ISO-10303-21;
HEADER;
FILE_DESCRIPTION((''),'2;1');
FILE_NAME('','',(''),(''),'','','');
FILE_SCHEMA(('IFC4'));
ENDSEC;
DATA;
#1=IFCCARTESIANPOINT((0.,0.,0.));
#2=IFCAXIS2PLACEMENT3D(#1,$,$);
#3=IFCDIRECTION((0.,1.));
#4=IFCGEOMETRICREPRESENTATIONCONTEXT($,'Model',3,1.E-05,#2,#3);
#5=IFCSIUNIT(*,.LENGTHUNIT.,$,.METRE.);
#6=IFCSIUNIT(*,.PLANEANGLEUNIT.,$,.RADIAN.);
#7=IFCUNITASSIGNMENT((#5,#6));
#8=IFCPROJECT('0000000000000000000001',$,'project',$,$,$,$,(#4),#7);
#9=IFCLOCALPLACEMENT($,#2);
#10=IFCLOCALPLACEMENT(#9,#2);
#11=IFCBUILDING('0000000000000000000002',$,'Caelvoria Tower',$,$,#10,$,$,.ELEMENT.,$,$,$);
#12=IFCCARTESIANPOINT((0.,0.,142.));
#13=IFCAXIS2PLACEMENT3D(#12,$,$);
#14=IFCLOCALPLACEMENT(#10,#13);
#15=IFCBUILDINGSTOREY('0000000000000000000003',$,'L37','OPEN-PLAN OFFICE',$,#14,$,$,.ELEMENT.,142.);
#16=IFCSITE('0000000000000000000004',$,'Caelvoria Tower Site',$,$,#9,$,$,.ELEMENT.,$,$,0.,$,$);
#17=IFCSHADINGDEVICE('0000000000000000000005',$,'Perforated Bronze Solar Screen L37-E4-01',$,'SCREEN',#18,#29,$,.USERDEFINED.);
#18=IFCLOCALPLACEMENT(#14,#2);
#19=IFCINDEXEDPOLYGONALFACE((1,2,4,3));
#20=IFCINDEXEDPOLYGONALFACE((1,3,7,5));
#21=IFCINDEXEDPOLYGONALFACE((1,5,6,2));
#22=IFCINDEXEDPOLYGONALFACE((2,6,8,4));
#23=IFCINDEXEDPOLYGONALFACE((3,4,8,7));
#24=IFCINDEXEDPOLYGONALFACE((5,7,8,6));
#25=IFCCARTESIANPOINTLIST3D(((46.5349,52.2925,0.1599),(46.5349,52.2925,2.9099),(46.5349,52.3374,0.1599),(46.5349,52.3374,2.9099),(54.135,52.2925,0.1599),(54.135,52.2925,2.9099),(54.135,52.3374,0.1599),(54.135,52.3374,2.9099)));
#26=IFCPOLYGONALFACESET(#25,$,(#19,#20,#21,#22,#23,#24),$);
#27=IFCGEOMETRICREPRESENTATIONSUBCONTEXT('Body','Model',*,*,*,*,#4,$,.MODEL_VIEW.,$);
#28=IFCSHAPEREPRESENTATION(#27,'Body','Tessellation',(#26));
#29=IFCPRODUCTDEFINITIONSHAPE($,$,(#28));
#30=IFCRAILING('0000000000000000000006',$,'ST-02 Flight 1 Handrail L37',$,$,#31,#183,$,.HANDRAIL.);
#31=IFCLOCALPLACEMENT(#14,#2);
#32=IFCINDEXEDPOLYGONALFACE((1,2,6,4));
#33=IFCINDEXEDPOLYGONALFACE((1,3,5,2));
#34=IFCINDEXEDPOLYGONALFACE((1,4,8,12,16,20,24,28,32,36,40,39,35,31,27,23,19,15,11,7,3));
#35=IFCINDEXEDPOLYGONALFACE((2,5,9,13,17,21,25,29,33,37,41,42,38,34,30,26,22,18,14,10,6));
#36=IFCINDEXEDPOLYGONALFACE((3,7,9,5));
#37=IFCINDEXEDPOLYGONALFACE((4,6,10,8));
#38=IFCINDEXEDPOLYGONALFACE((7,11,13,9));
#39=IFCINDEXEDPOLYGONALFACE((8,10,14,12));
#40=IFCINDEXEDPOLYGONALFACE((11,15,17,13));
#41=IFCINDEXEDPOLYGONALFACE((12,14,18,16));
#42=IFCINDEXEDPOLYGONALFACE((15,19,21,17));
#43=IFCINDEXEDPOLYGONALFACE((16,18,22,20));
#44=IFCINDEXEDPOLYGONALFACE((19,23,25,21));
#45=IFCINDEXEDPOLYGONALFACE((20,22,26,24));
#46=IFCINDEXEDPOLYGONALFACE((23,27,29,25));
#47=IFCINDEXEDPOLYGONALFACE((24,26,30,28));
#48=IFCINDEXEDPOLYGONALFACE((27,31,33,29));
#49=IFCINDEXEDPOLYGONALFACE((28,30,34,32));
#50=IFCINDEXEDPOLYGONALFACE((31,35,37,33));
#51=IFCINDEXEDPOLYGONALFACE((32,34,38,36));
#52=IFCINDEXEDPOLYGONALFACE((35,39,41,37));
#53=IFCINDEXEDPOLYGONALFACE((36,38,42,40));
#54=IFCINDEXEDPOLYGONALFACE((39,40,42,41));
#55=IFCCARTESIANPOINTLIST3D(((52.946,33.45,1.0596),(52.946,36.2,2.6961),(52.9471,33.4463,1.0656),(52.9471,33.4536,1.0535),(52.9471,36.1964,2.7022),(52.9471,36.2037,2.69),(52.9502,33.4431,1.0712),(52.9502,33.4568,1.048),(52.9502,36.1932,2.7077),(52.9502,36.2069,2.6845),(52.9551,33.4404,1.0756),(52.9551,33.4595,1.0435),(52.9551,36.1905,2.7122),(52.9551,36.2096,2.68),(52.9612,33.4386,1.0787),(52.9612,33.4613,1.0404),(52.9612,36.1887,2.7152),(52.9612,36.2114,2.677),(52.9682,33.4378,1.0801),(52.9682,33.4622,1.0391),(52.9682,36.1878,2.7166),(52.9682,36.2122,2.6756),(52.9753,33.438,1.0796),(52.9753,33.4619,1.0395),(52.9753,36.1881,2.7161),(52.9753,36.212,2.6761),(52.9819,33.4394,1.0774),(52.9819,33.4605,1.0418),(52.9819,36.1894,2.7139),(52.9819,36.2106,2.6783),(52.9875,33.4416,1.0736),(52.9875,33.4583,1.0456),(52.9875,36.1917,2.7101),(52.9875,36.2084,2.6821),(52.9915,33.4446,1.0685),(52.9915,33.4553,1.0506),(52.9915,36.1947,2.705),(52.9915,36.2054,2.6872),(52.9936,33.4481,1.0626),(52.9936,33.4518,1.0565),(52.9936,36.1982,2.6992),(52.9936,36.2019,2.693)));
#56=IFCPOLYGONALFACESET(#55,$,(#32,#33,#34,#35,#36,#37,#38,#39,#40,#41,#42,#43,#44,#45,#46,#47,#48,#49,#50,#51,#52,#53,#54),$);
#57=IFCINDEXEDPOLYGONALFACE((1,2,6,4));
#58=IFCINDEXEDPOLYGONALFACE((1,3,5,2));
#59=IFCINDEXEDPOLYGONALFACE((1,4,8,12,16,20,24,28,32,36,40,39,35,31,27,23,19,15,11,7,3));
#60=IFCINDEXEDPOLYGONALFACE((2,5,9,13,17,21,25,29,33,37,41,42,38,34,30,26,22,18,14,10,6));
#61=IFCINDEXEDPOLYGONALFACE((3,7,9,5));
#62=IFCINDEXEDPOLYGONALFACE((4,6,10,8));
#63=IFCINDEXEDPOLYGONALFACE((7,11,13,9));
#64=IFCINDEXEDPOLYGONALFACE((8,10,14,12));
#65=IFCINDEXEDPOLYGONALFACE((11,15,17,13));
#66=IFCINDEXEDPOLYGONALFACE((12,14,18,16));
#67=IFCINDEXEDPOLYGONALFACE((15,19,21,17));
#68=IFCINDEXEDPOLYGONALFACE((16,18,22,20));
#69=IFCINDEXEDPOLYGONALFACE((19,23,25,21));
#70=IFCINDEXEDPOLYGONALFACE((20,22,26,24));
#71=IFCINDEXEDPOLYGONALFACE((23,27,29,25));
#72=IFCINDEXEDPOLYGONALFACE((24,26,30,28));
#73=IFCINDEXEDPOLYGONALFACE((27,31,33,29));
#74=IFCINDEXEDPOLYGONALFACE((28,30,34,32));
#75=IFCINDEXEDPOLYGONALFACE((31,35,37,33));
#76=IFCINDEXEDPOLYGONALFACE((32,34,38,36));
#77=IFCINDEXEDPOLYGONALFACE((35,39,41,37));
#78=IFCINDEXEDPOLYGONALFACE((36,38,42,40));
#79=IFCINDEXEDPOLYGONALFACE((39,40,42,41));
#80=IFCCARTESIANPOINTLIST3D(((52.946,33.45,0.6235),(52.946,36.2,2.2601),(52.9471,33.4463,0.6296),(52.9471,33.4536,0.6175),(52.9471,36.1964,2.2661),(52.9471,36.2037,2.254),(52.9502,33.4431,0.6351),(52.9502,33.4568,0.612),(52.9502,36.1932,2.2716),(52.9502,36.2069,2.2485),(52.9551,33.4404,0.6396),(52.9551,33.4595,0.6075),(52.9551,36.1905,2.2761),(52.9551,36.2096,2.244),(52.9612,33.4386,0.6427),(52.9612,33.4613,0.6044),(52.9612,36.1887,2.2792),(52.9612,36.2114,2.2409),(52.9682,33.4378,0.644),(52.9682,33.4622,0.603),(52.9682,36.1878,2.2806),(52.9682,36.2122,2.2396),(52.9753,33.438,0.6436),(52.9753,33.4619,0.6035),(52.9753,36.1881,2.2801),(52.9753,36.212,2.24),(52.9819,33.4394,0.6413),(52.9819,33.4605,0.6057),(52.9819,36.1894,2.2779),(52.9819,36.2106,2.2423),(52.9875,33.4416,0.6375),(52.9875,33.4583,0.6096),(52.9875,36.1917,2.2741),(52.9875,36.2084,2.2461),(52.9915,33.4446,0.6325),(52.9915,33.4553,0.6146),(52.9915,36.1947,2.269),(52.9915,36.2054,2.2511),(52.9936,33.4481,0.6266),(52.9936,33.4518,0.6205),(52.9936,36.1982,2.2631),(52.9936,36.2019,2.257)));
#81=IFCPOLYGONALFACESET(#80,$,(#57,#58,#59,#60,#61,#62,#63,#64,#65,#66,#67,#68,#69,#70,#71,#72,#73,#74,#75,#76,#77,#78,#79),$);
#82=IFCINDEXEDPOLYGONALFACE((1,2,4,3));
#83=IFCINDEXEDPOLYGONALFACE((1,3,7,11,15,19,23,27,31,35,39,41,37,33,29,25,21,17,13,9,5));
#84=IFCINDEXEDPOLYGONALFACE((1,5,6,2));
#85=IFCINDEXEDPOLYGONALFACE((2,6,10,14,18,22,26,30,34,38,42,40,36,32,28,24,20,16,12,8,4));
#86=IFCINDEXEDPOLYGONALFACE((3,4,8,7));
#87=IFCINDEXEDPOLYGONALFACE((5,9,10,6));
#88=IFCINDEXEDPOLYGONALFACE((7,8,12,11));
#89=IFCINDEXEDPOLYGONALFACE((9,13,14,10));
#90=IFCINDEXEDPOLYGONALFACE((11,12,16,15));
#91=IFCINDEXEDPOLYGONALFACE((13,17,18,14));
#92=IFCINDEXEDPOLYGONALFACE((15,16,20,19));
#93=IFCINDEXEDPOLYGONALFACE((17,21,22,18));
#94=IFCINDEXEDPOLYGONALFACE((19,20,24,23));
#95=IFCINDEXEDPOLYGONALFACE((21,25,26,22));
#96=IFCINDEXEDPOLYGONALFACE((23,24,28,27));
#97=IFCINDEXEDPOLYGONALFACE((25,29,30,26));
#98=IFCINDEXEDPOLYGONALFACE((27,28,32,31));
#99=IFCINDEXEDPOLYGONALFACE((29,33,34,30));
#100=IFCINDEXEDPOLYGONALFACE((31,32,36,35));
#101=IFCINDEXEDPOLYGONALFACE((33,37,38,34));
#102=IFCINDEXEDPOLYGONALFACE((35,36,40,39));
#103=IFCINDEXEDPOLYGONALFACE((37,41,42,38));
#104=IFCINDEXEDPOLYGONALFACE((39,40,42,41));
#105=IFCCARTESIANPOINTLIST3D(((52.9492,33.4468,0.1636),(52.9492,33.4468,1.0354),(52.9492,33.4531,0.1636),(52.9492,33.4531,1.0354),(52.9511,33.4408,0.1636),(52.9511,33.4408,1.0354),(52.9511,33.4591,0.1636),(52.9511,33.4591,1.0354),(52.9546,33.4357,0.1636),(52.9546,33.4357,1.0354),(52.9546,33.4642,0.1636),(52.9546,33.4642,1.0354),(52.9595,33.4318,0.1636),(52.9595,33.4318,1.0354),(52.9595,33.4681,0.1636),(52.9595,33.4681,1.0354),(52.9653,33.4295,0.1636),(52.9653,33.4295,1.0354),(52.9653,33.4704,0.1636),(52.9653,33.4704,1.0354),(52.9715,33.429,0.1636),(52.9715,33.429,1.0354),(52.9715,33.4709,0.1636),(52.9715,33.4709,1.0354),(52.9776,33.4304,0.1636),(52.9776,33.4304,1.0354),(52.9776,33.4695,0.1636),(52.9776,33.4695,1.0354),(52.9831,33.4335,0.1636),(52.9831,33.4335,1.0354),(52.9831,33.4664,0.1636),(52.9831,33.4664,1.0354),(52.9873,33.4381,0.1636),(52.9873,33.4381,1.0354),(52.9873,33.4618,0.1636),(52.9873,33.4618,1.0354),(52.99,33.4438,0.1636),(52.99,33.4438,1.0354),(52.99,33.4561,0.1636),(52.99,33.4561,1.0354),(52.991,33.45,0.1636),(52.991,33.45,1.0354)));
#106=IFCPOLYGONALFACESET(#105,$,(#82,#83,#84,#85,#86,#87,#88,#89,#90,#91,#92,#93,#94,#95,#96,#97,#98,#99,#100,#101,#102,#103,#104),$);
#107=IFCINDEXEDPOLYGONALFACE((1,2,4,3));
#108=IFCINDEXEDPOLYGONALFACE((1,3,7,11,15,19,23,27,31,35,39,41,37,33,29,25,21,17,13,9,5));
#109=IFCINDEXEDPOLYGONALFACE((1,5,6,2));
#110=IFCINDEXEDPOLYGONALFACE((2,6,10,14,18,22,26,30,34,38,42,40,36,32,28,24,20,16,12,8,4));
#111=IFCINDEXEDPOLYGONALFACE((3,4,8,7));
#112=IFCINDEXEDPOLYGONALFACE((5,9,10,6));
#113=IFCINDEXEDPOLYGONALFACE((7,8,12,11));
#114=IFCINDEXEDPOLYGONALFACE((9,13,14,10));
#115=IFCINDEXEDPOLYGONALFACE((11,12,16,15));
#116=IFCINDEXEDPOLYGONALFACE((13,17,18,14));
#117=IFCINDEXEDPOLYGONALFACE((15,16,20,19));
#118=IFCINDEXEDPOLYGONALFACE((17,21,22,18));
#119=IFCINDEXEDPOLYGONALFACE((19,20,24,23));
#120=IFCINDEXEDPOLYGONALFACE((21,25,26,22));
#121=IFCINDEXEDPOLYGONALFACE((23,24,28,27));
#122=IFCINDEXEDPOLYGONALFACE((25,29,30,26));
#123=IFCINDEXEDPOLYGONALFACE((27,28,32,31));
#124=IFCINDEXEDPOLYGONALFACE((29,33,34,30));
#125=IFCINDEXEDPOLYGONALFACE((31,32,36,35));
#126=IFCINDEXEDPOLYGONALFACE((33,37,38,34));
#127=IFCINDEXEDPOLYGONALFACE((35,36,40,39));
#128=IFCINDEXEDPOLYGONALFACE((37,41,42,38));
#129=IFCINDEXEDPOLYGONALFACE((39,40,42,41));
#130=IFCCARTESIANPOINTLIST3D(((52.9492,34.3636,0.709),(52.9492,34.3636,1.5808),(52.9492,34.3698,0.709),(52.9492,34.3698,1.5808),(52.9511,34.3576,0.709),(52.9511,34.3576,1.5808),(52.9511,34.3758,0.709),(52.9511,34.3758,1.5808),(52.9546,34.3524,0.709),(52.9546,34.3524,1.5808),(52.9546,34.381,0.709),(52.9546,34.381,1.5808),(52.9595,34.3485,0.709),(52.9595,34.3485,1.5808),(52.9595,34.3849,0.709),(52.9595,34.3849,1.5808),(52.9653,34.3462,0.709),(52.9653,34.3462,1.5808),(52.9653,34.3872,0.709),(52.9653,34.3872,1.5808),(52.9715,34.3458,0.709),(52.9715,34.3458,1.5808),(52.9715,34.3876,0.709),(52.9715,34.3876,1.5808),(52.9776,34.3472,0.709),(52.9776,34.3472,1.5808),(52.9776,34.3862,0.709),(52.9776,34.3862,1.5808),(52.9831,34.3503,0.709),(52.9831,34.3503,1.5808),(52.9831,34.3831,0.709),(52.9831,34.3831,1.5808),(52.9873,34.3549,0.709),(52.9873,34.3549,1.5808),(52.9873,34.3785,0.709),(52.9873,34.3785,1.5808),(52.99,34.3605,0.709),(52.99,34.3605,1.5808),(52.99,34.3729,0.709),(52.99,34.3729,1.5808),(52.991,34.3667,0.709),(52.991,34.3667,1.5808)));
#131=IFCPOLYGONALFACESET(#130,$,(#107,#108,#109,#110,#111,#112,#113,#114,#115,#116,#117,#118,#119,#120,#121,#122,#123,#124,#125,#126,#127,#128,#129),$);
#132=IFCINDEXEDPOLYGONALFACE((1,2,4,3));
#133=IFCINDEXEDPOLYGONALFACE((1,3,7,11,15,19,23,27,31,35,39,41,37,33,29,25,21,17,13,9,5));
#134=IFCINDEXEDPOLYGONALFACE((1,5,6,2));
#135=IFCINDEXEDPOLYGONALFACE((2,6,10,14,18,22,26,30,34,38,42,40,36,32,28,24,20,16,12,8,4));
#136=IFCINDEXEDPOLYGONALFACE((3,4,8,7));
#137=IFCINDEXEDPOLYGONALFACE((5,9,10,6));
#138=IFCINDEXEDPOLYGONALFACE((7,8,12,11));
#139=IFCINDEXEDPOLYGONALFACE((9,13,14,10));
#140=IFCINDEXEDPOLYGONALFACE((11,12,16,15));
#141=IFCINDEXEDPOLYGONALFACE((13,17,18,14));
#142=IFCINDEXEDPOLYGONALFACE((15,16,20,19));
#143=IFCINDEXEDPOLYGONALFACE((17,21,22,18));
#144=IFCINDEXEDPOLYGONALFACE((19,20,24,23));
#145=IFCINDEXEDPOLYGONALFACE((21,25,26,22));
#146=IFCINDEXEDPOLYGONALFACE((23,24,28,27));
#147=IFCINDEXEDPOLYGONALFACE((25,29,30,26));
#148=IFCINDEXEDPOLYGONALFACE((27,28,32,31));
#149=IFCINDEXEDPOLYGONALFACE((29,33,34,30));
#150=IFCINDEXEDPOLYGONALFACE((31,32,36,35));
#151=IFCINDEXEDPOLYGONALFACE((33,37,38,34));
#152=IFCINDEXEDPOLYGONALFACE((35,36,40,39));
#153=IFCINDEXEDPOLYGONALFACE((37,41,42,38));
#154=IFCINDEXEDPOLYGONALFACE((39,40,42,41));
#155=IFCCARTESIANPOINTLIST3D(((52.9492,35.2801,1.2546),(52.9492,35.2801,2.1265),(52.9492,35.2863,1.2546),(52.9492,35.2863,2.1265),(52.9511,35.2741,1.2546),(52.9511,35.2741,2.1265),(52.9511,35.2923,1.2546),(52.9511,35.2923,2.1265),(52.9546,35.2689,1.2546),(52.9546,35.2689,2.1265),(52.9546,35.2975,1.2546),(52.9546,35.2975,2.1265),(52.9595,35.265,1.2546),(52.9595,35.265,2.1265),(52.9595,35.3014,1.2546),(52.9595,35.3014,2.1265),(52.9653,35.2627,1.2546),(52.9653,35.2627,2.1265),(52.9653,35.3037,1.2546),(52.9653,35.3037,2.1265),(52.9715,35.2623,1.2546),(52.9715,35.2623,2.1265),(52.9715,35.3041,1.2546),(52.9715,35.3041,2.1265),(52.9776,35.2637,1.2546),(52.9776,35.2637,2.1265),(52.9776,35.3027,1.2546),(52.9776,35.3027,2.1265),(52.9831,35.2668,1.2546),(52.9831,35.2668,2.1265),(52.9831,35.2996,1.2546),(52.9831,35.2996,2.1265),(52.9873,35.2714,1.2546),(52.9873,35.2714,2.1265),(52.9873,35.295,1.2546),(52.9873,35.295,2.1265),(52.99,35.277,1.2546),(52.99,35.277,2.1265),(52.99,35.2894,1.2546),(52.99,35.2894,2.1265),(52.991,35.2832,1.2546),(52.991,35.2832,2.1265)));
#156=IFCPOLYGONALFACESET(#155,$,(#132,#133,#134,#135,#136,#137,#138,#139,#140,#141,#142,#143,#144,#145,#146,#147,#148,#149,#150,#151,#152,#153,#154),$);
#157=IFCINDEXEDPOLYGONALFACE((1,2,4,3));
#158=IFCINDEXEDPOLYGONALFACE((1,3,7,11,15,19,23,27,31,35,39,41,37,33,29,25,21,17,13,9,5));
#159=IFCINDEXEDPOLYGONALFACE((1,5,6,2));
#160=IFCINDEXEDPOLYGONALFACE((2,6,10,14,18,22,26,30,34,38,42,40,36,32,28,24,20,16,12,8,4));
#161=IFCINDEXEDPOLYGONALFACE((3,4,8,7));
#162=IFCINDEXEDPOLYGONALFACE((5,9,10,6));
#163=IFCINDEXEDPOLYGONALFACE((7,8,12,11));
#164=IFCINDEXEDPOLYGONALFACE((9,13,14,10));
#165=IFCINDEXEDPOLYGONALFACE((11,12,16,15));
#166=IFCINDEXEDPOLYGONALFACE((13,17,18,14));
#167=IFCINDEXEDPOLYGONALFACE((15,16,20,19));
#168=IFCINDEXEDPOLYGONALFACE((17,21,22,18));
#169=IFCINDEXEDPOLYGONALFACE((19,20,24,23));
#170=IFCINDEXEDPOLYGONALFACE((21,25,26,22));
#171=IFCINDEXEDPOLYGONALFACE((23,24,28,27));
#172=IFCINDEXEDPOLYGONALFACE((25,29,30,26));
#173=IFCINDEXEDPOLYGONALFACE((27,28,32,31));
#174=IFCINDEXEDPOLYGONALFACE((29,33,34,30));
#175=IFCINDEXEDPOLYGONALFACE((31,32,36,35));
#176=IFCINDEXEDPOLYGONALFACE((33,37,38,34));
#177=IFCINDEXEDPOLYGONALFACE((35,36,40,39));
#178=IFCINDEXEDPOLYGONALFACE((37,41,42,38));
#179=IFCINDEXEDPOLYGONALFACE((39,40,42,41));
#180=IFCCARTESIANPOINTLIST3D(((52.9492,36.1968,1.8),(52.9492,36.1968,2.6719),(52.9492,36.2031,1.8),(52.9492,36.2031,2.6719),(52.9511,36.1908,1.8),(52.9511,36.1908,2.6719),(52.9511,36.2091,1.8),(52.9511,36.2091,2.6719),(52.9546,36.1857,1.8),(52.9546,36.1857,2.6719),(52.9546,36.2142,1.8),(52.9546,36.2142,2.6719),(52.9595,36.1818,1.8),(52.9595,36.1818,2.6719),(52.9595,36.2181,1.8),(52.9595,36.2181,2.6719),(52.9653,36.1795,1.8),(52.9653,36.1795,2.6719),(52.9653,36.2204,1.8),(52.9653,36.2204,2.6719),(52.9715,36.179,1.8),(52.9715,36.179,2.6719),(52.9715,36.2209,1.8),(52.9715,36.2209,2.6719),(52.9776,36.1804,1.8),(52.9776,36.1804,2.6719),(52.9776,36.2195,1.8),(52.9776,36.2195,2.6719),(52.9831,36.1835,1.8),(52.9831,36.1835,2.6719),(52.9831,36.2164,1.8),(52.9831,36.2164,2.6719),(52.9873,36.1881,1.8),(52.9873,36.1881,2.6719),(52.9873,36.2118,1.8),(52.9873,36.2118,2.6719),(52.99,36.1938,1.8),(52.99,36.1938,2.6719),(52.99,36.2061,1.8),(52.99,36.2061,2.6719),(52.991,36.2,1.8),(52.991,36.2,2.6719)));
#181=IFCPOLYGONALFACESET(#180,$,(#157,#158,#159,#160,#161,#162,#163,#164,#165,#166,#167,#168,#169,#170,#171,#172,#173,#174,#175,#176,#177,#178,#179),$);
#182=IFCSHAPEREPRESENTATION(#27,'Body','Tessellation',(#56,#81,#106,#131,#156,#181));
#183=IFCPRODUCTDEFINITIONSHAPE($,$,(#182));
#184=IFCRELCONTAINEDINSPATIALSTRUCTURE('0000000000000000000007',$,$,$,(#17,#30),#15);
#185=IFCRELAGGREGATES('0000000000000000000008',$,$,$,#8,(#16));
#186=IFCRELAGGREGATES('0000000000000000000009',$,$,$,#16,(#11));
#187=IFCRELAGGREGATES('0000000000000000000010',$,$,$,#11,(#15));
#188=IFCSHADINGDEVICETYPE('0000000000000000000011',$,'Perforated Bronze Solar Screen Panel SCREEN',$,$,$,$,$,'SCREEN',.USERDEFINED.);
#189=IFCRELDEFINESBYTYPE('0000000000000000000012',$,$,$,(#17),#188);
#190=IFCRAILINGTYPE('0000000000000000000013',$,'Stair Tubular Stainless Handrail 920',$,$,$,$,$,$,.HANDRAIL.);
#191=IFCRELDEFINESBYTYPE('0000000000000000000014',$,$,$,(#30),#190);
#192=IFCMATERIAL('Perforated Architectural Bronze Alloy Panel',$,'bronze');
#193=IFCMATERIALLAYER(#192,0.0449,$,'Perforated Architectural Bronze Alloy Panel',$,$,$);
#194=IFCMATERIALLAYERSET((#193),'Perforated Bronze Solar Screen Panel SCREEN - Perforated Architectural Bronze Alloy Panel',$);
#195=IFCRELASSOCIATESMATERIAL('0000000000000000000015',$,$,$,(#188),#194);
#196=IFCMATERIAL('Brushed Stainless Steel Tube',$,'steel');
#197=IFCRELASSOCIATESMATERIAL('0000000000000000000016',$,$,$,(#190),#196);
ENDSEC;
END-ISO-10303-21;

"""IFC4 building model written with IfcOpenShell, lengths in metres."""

from ifc_helpers import new_model, si_unit, direction, frame, origin, origin_2d, place, context, subcontext, project, spatial, rectangle, circle, extrude, material, layer, layer_set, type_object, element, save


model = new_model("IFC4")

# Units and contexts
model_context = context("Model", 3, precision=1e-05, world=origin(), true_north=direction((0.0, 1.0)))
body_context = subcontext(model_context, "Body", "Model", "MODEL_VIEW")
ifc_project = project(units=[si_unit("LENGTHUNIT", "METRE"), si_unit("PLANEANGLEUNIT", "RADIAN")], contexts=[model_context])

# Site, building, storey
site_placement = place(None, origin())
site = spatial("IfcSite", under=ifc_project, at=site_placement, Name="Caelvoria Tower Site", CompositionType="ELEMENT", RefElevation=0.0)
building_placement = place(site_placement, origin())
building = spatial("IfcBuilding", under=site, at=building_placement, Name="Caelvoria Tower", CompositionType="ELEMENT")
storey_placement = place(building_placement, frame((0.0, 0.0, 142.0)))
storey = spatial("IfcBuildingStorey", under=building, at=storey_placement, Name="L37", Description="OPEN-PLAN OFFICE", CompositionType="ELEMENT", Elevation=142.0)

# Shading device
ifc_material_1 = material(Name="Perforated Architectural Bronze Alloy Panel", Category="bronze")
ifc_layer_1 = layer(ifc_material_1, 0.0449, Name="Perforated Architectural Bronze Alloy Panel")
ifc_layer_set_1 = layer_set([ifc_layer_1], Name="Perforated Bronze Solar Screen Panel SCREEN - Perforated Architectural Bronze Alloy Panel")
shading_device_type = type_object("IfcShadingDeviceType", Name="Perforated Bronze Solar Screen Panel SCREEN", ElementType="SCREEN", PredefinedType="USERDEFINED", material=ifc_layer_set_1)
shading_device_placement = place(storey_placement, frame((50.335, 52.3149, 0.1599), z_axis=(0.0, 0.0, 1.0), x_axis=(-1.0, 0.0, 0.0)))
element("IfcShadingDevice", 1, at=shading_device_placement, inside=storey, type_object=shading_device_type, Name="Perforated Bronze Solar Screen L37-E4-01", ObjectType="SCREEN", PredefinedType="USERDEFINED", context=body_context, shape_type="SweptSolid", body=[
    extrude(rectangle(XDim=7.6001, YDim=0.0449, at=origin_2d()), origin(), (0.0, 0.0, 1.0), 2.75),
])

# Railing
ifc_material_2 = material(Name="Brushed Stainless Steel Tube", Category="steel")
railing_type_1 = type_object("IfcRailingType", Name="Stair Tubular Stainless Handrail 920", PredefinedType="HANDRAIL", material=ifc_material_2)
railing_1_placement = place(storey_placement, frame((52.97, 33.45, 0.1636)))
element("IfcRailing", 2, at=railing_1_placement, inside=storey, type_object=railing_type_1, Name="ST-02 Flight 1 Handrail L37", PredefinedType="HANDRAIL", context=body_context, shape_type="SweptSolid", body=[
    extrude(circle(Radius=0.0239, at=origin_2d()), frame((0.0, 0.0, 0.896), z_axis=(0.0, 0.859352, 0.511385), x_axis=(-1.0, 0.0, 0.0)), (0.0, 0.0, 1.0), 3.2002),
    extrude(circle(Radius=0.0239, at=origin_2d()), frame((0.0, 0.0, 0.46), z_axis=(0.0, 0.859352, 0.511385), x_axis=(-1.0, 0.0, 0.0)), (0.0, 0.0, 1.0), 3.2002),
    extrude(circle(Radius=0.021, at=origin_2d()), origin(), (0.0, 0.0, 1.0), 0.8718),
    extrude(circle(Radius=0.021, at=origin_2d()), frame((0.0, 0.9167, 0.5454)), (0.0, 0.0, 1.0), 0.8718),
    extrude(circle(Radius=0.021, at=origin_2d()), frame((0.0, 1.8333, 1.0911)), (0.0, 0.0, 1.0), 0.8718),
    extrude(circle(Radius=0.021, at=origin_2d()), frame((0.0, 2.75, 1.6365)), (0.0, 0.0, 1.0), 0.8718),
])

save(model, "model.ifc")
